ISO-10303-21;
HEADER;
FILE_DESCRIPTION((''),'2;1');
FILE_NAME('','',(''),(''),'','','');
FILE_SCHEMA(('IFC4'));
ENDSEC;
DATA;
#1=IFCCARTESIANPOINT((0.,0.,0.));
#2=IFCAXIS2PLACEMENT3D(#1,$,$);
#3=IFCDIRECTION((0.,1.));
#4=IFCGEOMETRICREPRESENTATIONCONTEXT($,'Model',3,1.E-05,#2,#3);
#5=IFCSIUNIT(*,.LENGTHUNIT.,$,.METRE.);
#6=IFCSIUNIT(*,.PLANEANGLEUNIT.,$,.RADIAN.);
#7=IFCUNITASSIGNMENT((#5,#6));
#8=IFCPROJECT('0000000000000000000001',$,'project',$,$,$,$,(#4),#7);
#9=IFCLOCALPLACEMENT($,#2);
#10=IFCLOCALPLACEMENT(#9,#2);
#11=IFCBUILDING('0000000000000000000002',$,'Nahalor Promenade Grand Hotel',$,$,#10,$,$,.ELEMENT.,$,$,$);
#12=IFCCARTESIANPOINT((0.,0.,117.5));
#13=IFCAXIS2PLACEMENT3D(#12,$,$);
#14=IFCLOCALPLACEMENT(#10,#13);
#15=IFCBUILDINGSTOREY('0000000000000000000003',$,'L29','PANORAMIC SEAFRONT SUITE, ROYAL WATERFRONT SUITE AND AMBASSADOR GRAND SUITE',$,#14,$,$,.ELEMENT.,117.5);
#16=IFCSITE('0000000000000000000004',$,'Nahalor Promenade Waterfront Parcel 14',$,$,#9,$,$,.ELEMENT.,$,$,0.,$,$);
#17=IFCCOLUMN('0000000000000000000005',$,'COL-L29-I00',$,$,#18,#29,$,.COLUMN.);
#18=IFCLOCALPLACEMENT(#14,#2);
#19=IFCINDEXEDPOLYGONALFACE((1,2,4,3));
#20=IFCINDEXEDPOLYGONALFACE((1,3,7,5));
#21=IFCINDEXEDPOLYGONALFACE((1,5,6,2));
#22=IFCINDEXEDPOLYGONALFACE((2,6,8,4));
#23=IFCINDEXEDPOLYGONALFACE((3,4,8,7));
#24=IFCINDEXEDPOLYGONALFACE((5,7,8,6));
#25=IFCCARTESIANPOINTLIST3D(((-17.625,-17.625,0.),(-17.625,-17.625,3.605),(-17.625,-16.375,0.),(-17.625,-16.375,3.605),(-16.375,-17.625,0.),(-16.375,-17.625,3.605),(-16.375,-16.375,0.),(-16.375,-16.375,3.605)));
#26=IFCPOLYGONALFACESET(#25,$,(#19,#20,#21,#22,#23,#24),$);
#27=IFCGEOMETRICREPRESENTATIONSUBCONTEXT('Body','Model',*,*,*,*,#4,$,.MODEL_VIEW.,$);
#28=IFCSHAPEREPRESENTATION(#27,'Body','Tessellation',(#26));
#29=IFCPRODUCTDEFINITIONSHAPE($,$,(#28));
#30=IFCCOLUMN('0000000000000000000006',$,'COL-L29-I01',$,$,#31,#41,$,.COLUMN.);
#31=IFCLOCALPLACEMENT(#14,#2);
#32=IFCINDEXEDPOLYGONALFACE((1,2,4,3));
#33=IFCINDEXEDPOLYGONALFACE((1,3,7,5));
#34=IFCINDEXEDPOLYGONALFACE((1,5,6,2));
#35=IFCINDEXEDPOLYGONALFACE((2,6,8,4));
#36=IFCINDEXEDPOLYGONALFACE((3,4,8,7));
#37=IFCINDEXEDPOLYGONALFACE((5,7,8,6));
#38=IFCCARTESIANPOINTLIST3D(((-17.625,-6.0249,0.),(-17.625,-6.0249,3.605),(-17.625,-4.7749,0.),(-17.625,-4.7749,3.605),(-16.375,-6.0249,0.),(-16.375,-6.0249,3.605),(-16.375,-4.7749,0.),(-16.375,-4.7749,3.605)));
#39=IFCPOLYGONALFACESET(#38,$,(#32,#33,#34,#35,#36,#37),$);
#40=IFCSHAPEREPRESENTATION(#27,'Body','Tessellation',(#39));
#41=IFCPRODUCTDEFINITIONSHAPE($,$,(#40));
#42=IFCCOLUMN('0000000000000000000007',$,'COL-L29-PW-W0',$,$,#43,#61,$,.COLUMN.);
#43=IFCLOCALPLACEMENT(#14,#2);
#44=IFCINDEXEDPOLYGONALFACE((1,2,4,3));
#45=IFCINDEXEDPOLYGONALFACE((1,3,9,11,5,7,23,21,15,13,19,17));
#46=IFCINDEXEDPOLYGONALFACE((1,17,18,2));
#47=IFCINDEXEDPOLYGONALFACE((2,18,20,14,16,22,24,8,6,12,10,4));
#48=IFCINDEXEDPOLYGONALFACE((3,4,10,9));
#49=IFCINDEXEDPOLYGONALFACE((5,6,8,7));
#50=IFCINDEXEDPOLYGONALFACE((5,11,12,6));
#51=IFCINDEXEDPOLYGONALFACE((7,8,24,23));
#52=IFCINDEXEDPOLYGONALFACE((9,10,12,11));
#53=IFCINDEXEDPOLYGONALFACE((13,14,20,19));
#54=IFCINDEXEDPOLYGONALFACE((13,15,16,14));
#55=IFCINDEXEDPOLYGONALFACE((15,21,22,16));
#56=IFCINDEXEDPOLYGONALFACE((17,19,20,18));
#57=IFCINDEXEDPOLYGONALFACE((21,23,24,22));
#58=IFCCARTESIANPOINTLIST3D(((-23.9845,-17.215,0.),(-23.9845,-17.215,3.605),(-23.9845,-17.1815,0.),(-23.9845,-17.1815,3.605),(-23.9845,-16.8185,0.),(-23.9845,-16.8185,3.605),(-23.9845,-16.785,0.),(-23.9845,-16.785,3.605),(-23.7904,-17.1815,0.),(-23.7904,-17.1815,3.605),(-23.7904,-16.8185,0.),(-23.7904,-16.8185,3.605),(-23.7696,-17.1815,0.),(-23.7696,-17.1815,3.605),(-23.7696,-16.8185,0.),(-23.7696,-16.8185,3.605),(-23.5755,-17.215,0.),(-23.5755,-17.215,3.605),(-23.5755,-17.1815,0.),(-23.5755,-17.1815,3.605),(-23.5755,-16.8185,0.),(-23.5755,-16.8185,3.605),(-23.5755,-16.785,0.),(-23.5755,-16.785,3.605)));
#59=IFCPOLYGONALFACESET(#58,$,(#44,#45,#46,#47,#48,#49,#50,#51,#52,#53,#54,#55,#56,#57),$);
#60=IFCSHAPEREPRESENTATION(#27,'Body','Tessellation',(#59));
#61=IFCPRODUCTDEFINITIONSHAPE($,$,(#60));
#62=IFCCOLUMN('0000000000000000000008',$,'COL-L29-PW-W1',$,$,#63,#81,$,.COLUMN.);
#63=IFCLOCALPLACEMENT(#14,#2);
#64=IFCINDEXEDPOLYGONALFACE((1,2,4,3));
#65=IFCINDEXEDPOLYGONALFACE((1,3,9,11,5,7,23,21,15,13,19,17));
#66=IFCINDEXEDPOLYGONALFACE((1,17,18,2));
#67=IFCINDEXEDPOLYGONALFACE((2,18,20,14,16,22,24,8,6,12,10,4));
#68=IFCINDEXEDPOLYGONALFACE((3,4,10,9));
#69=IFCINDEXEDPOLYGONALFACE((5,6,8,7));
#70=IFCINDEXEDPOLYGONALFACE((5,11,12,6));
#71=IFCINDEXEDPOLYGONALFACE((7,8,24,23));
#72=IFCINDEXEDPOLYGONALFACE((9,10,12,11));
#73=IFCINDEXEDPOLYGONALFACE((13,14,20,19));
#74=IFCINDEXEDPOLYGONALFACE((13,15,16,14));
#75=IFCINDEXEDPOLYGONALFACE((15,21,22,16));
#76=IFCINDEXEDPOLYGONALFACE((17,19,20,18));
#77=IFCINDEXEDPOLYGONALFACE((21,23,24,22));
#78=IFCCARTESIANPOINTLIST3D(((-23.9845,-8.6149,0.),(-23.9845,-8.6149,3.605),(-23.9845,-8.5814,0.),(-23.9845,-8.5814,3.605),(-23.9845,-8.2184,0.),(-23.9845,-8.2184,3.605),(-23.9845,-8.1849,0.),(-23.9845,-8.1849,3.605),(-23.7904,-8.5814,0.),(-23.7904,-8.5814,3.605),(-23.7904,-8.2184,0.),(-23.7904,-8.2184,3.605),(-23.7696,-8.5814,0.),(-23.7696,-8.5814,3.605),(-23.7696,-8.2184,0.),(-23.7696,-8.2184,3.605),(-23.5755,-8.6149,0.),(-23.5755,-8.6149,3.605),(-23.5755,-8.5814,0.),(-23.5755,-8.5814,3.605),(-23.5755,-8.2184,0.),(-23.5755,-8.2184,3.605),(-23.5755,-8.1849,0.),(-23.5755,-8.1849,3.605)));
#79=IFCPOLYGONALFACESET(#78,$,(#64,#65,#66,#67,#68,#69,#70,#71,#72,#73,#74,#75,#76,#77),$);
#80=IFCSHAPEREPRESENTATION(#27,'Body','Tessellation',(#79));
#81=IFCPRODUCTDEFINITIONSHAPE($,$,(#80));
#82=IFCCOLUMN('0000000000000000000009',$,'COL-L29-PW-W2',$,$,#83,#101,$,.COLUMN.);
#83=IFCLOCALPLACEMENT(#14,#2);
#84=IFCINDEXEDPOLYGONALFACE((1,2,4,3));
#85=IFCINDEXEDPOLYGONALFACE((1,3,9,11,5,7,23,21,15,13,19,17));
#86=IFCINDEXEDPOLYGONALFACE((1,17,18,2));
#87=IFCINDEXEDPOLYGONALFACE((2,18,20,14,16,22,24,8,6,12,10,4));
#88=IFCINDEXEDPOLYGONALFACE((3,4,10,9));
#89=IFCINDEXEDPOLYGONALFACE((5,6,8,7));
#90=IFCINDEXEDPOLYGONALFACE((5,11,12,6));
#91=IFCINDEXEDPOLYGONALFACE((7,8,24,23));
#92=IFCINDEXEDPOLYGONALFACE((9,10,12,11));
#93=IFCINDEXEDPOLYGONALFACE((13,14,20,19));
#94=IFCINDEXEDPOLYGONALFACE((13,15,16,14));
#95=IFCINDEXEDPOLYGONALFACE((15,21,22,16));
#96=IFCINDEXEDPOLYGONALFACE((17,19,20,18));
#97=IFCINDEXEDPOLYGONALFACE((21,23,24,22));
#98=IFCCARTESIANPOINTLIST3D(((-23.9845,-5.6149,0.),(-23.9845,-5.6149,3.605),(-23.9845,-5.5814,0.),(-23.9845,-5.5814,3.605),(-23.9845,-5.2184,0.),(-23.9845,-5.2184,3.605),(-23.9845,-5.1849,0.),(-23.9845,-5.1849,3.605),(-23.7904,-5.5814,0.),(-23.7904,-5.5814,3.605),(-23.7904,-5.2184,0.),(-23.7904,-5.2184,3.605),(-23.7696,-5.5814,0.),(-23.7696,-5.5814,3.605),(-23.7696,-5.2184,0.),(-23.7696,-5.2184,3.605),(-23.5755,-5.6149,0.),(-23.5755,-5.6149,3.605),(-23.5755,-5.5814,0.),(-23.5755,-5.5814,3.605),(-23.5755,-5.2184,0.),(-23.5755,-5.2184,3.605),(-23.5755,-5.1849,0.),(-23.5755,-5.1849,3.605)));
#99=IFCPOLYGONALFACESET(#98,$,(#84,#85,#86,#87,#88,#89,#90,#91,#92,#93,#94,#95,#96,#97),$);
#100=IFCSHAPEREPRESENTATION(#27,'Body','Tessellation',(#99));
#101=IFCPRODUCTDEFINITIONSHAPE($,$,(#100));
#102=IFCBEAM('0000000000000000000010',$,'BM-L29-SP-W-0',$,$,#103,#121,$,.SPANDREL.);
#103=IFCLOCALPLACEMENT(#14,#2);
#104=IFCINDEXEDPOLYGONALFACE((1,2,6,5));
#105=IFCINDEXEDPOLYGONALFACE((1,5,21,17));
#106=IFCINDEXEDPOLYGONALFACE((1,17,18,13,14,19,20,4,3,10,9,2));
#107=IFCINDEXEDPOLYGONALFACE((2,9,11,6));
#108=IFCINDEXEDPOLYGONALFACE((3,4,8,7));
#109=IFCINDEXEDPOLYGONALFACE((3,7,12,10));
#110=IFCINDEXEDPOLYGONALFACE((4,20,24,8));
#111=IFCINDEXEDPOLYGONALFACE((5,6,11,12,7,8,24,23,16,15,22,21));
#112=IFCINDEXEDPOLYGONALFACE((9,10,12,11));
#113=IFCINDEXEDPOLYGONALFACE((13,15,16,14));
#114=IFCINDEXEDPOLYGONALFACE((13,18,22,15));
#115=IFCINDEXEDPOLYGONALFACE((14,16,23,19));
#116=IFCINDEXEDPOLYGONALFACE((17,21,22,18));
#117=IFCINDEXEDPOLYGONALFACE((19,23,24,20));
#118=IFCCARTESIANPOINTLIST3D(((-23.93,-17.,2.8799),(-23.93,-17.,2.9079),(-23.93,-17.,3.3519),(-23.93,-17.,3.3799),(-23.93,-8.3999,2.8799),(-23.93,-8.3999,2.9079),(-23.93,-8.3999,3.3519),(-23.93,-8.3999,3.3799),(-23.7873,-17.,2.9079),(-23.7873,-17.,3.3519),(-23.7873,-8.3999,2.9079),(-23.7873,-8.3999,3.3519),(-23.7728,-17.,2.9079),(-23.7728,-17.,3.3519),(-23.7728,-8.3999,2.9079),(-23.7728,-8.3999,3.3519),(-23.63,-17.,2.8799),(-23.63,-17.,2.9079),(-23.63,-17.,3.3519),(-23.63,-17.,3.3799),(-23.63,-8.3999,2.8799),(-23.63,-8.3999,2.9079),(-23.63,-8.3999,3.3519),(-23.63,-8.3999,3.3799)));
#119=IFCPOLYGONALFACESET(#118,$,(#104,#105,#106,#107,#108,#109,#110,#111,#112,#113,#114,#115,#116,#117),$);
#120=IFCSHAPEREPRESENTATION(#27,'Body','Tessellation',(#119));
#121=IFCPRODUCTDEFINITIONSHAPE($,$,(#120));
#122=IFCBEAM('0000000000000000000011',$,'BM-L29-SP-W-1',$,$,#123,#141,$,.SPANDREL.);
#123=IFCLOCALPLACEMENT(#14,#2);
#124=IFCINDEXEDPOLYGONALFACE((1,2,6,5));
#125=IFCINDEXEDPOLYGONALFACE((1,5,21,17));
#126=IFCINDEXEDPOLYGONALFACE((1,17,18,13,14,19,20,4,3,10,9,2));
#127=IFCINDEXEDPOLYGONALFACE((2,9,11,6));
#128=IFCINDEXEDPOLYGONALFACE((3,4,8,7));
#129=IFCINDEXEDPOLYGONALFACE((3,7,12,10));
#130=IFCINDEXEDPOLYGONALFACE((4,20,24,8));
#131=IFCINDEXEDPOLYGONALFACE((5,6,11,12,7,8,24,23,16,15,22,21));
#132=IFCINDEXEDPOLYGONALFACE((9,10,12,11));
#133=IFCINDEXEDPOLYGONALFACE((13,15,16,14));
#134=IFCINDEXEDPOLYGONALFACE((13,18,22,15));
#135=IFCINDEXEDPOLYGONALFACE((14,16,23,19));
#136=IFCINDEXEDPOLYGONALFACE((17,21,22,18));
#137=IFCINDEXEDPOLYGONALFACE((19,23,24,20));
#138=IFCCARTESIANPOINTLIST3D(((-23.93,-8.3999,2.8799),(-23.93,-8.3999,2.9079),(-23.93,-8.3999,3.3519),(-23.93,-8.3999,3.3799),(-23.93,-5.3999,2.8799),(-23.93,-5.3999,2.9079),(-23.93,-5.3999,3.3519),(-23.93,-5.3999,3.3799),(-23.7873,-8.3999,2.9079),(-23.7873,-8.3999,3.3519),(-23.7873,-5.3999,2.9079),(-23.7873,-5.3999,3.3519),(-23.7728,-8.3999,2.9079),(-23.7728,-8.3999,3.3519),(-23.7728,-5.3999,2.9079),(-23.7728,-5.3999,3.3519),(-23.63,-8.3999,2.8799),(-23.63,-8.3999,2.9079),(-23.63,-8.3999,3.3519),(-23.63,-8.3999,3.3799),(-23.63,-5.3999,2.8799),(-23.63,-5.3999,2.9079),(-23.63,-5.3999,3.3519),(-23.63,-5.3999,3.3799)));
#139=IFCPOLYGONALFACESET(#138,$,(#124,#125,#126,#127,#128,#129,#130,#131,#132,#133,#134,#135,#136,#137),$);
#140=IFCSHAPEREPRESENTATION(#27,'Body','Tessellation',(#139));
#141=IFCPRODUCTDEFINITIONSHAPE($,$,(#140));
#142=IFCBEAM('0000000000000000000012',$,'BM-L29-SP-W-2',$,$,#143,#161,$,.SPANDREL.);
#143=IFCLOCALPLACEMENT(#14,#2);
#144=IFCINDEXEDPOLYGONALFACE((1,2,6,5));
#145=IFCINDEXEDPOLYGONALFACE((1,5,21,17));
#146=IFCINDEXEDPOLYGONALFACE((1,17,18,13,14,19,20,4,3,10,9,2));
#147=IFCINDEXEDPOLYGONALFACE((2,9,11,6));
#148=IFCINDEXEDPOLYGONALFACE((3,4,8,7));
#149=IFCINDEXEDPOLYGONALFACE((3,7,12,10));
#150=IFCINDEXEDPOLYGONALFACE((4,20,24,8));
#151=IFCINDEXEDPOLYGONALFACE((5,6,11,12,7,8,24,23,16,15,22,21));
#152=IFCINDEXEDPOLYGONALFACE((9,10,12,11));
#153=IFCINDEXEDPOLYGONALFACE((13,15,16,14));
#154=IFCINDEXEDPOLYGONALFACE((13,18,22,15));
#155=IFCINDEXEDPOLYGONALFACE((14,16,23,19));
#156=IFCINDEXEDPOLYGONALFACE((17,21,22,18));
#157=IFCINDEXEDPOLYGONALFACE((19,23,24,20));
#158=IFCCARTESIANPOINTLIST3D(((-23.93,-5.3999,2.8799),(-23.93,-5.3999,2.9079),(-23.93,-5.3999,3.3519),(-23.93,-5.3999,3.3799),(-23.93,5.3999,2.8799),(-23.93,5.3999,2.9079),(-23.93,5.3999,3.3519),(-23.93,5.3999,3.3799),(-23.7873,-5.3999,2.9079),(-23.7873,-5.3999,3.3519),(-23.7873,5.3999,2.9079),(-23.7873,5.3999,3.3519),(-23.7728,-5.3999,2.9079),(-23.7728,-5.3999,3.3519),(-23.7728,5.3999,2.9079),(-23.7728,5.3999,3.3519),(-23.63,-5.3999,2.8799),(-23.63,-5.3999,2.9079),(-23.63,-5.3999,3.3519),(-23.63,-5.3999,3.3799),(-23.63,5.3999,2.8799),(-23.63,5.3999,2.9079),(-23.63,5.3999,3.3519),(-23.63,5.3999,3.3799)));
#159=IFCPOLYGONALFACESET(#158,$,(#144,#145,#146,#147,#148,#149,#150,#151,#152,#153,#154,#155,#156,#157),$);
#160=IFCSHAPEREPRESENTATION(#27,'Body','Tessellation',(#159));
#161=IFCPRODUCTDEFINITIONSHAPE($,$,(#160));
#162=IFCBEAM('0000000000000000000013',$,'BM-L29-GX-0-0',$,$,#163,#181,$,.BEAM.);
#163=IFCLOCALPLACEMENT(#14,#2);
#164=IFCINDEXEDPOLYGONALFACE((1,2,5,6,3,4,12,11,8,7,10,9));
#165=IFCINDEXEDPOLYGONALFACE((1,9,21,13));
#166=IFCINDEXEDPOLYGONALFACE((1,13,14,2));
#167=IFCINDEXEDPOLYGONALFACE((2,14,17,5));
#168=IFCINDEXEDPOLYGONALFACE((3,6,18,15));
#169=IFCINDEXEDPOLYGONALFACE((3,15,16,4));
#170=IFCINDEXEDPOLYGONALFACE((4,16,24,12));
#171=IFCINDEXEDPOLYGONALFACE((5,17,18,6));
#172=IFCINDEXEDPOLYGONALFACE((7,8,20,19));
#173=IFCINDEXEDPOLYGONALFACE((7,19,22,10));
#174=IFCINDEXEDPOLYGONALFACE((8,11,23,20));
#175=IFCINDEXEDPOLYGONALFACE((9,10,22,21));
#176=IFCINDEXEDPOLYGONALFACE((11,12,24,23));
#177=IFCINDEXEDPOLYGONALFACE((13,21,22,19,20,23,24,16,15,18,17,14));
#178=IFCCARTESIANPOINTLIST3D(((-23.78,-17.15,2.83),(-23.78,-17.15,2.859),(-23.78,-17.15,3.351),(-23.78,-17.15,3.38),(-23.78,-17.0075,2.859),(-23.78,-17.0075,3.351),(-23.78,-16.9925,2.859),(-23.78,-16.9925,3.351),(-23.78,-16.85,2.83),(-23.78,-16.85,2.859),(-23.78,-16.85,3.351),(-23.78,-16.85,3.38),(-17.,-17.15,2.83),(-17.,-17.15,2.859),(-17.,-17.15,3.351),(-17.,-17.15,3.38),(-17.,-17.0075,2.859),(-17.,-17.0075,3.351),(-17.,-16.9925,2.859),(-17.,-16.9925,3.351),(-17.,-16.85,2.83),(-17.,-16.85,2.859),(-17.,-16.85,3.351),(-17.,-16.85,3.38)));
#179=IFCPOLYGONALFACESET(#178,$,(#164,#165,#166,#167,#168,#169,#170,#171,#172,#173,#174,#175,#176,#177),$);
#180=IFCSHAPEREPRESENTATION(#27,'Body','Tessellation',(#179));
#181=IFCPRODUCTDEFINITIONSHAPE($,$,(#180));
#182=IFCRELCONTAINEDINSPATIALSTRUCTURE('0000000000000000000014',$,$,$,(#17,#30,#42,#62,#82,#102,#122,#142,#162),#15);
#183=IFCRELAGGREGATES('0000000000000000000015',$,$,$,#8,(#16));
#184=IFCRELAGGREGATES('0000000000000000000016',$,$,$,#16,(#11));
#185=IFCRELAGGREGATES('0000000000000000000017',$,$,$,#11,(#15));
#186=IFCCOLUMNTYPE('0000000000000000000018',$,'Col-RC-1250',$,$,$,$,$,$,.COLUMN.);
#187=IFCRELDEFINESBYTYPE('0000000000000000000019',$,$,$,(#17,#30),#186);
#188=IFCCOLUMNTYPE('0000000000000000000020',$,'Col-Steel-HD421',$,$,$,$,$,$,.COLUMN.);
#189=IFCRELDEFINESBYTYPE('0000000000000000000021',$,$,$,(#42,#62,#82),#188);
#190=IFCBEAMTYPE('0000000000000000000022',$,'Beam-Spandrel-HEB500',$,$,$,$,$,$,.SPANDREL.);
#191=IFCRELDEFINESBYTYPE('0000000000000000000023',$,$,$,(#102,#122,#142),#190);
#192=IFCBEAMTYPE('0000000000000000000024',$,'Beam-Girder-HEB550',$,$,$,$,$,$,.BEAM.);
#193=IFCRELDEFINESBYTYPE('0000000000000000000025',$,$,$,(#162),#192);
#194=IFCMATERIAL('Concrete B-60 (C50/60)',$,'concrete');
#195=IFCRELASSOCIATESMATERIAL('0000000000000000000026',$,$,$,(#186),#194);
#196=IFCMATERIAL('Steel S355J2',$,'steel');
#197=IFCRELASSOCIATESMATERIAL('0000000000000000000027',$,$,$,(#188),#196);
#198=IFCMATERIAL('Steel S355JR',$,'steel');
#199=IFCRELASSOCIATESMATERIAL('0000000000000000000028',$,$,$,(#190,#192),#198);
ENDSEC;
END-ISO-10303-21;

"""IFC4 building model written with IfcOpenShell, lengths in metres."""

from ifc_helpers import new_model, si_unit, direction, frame, origin, origin_2d, place, context, subcontext, project, spatial, rectangle, i_section, extrude, source, transform, mapped, material, material_profile, profile_set, type_object, element, save


model = new_model("IFC4")

# Units and contexts
model_context = context("Model", 3, precision=1e-05, world=origin(), true_north=direction((0.0, 1.0)))
body_context = subcontext(model_context, "Body", "Model", "MODEL_VIEW")
ifc_project = project(units=[si_unit("LENGTHUNIT", "METRE"), si_unit("PLANEANGLEUNIT", "RADIAN")], contexts=[model_context])

# Site, building, storey
site_placement = place(None, origin())
site = spatial("IfcSite", under=ifc_project, at=site_placement, Name="Nahalor Promenade Waterfront Parcel 14", CompositionType="ELEMENT", RefElevation=0.0)
building_placement = place(site_placement, origin())
building = spatial("IfcBuilding", under=site, at=building_placement, Name="Nahalor Promenade Grand Hotel", CompositionType="ELEMENT")
storey_placement = place(building_placement, frame((0.0, 0.0, 117.5)))
storey = spatial("IfcBuildingStorey", under=building, at=storey_placement, Name="L29", Description="PANORAMIC SEAFRONT SUITE, ROYAL WATERFRONT SUITE AND AMBASSADOR GRAND SUITE", CompositionType="ELEMENT", Elevation=117.5)

# Columns
ifc_material_1 = material(Name="Concrete B-60 (C50/60)", Category="concrete")
ifc_material_profile_1 = material_profile(ifc_material_1, rectangle(XDim=1.25, YDim=1.25, at=origin_2d()), Name="RC 1250x1250")
ifc_profile_set_1 = profile_set([ifc_material_profile_1], Name="Concrete B-60 (C50/60)")
column_type_1 = type_object("IfcColumnType", Name="Col-RC-1250", PredefinedType="COLUMN", material=ifc_profile_set_1)
shared_shape_1 = source(origin(), body_context, "Body", "SweptSolid", [
    extrude(rectangle(XDim=1.25, YDim=1.25, at=origin_2d()), origin(), (0.0, 0.0, 1.0), 3.605),
])
for number, where, z_axis, x_axis, name in (
    (1, (-17.0, -17.0, 0.0), (0.0, 0.0, 1.0), (1.0, 0.0, 0.0), "COL-L29-I00"),
    (2, (-17.0, -5.3999, 0.0), (0.0, 0.0, 1.0), (1.0, 0.0, 0.0), "COL-L29-I01"),
):
    element("IfcColumn", number, at=place(storey_placement, frame(where, z_axis=z_axis, x_axis=x_axis)), inside=storey, type_object=column_type_1, Name=name, PredefinedType="COLUMN", context=body_context, shape_type="MappedRepresentation", body=[
        mapped(shared_shape_1, transform((0.0, 0.0, 0.0), scale=1.0)),
    ])
ifc_material_2 = material(Name="Steel S355J2", Category="steel")
ifc_material_profile_2 = material_profile(ifc_material_2, i_section(OverallWidth=0.409, OverallDepth=0.43, WebThickness=0.0208, FlangeThickness=0.0335, at=origin_2d()), Name="HD 400x421")
ifc_profile_set_2 = profile_set([ifc_material_profile_2], Name="Steel S355J2")
column_type_2 = type_object("IfcColumnType", Name="Col-Steel-HD421", PredefinedType="COLUMN", material=ifc_profile_set_2)
shared_shape_2 = source(origin(), body_context, "Body", "SweptSolid", [
    extrude(i_section(OverallWidth=0.409, OverallDepth=0.43, WebThickness=0.0208, FlangeThickness=0.0335, at=origin_2d()), origin(), (0.0, 0.0, 1.0), 3.605),
])
for number, where, z_axis, x_axis, name in (
    (3, (-23.78, -17.0, 0.0), (0.0, 0.0, 1.0), (1.0, 0.0, 0.0), "COL-L29-PW-W0"),
    (4, (-23.78, -8.3999, 0.0), (0.0, 0.0, 1.0), (1.0, 0.0, 0.0), "COL-L29-PW-W1"),
    (5, (-23.78, -5.3999, 0.0), (0.0, 0.0, 1.0), (1.0, 0.0, 0.0), "COL-L29-PW-W2"),
):
    element("IfcColumn", number, at=place(storey_placement, frame(where, z_axis=z_axis, x_axis=x_axis)), inside=storey, type_object=column_type_2, Name=name, PredefinedType="COLUMN", context=body_context, shape_type="MappedRepresentation", body=[
        mapped(shared_shape_2, transform((0.0, 0.0, 0.0), scale=1.0)),
    ])

# Beams
ifc_material_3 = material(Name="Steel S355JR", Category="steel")
ifc_material_profile_3 = material_profile(ifc_material_3, i_section(OverallWidth=0.3, OverallDepth=0.5, WebThickness=0.0145, FlangeThickness=0.028, at=origin_2d()), Name="HEB 500")
ifc_profile_set_3 = profile_set([ifc_material_profile_3], Name="Steel S355JR")
beam_type_1 = type_object("IfcBeamType", Name="Beam-Spandrel-HEB500", PredefinedType="SPANDREL", material=ifc_profile_set_3)
shared_shape_3 = source(origin(), body_context, "Body", "SweptSolid", [
    extrude(i_section(OverallWidth=0.3, OverallDepth=0.5, WebThickness=0.0145, FlangeThickness=0.028, at=origin_2d()), origin(), (0.0, 0.0, 1.0), 8.6001),
])
beam_1_placement = place(storey_placement, frame((-23.78, -17.0, 3.1299), z_axis=(0.0, 1.0, 0.0), x_axis=(-1.0, 0.0, 0.0)))
element("IfcBeam", 6, at=beam_1_placement, inside=storey, type_object=beam_type_1, Name="BM-L29-SP-W-0", PredefinedType="SPANDREL", context=body_context, shape_type="MappedRepresentation", body=[
    mapped(shared_shape_3, transform((0.0, 0.0, 0.0), scale=1.0)),
])
shared_shape_4 = source(origin(), body_context, "Body", "SweptSolid", [
    extrude(i_section(OverallWidth=0.3, OverallDepth=0.5, WebThickness=0.0145, FlangeThickness=0.028, at=origin_2d()), origin(), (0.0, 0.0, 1.0), 3.0),
])
beam_2_placement = place(storey_placement, frame((-23.78, -8.3999, 3.1299), z_axis=(0.0, 1.0, 0.0), x_axis=(-1.0, 0.0, 0.0)))
element("IfcBeam", 7, at=beam_2_placement, inside=storey, type_object=beam_type_1, Name="BM-L29-SP-W-1", PredefinedType="SPANDREL", context=body_context, shape_type="MappedRepresentation", body=[
    mapped(shared_shape_4, transform((0.0, 0.0, 0.0), scale=1.0)),
])
shared_shape_5 = source(origin(), body_context, "Body", "SweptSolid", [
    extrude(i_section(OverallWidth=0.3, OverallDepth=0.5, WebThickness=0.0145, FlangeThickness=0.028, at=origin_2d()), origin(), (0.0, 0.0, 1.0), 10.7998),
])
beam_3_placement = place(storey_placement, frame((-23.78, -5.3999, 3.1299), z_axis=(0.0, 1.0, 0.0), x_axis=(-1.0, 0.0, 0.0)))
element("IfcBeam", 8, at=beam_3_placement, inside=storey, type_object=beam_type_1, Name="BM-L29-SP-W-2", PredefinedType="SPANDREL", context=body_context, shape_type="MappedRepresentation", body=[
    mapped(shared_shape_5, transform((0.0, 0.0, 0.0), scale=1.0)),
])
ifc_material_profile_4 = material_profile(ifc_material_3, i_section(OverallWidth=0.3, OverallDepth=0.55, WebThickness=0.015, FlangeThickness=0.029, at=origin_2d()), Name="HEB 550")
ifc_profile_set_4 = profile_set([ifc_material_profile_4], Name="Steel S355JR")
beam_type_2 = type_object("IfcBeamType", Name="Beam-Girder-HEB550", PredefinedType="BEAM", material=ifc_profile_set_4)
shared_shape_6 = source(origin(), body_context, "Body", "SweptSolid", [
    extrude(i_section(OverallWidth=0.3, OverallDepth=0.55, WebThickness=0.015, FlangeThickness=0.029, at=origin_2d()), origin(), (0.0, 0.0, 1.0), 6.78),
])
for number, where, z_axis, x_axis, name in (
    (9, (-23.78, -17.0, 3.105), (1.0, 0.0, 0.0), (0.0, 1.0, 0.0), "BM-L29-GX-0-0"),
):
    element("IfcBeam", number, at=place(storey_placement, frame(where, z_axis=z_axis, x_axis=x_axis)), inside=storey, type_object=beam_type_2, Name=name, PredefinedType="BEAM", context=body_context, shape_type="MappedRepresentation", body=[
        mapped(shared_shape_6, transform((0.0, 0.0, 0.0), scale=1.0)),
    ])

save(model, "model.ifc")
